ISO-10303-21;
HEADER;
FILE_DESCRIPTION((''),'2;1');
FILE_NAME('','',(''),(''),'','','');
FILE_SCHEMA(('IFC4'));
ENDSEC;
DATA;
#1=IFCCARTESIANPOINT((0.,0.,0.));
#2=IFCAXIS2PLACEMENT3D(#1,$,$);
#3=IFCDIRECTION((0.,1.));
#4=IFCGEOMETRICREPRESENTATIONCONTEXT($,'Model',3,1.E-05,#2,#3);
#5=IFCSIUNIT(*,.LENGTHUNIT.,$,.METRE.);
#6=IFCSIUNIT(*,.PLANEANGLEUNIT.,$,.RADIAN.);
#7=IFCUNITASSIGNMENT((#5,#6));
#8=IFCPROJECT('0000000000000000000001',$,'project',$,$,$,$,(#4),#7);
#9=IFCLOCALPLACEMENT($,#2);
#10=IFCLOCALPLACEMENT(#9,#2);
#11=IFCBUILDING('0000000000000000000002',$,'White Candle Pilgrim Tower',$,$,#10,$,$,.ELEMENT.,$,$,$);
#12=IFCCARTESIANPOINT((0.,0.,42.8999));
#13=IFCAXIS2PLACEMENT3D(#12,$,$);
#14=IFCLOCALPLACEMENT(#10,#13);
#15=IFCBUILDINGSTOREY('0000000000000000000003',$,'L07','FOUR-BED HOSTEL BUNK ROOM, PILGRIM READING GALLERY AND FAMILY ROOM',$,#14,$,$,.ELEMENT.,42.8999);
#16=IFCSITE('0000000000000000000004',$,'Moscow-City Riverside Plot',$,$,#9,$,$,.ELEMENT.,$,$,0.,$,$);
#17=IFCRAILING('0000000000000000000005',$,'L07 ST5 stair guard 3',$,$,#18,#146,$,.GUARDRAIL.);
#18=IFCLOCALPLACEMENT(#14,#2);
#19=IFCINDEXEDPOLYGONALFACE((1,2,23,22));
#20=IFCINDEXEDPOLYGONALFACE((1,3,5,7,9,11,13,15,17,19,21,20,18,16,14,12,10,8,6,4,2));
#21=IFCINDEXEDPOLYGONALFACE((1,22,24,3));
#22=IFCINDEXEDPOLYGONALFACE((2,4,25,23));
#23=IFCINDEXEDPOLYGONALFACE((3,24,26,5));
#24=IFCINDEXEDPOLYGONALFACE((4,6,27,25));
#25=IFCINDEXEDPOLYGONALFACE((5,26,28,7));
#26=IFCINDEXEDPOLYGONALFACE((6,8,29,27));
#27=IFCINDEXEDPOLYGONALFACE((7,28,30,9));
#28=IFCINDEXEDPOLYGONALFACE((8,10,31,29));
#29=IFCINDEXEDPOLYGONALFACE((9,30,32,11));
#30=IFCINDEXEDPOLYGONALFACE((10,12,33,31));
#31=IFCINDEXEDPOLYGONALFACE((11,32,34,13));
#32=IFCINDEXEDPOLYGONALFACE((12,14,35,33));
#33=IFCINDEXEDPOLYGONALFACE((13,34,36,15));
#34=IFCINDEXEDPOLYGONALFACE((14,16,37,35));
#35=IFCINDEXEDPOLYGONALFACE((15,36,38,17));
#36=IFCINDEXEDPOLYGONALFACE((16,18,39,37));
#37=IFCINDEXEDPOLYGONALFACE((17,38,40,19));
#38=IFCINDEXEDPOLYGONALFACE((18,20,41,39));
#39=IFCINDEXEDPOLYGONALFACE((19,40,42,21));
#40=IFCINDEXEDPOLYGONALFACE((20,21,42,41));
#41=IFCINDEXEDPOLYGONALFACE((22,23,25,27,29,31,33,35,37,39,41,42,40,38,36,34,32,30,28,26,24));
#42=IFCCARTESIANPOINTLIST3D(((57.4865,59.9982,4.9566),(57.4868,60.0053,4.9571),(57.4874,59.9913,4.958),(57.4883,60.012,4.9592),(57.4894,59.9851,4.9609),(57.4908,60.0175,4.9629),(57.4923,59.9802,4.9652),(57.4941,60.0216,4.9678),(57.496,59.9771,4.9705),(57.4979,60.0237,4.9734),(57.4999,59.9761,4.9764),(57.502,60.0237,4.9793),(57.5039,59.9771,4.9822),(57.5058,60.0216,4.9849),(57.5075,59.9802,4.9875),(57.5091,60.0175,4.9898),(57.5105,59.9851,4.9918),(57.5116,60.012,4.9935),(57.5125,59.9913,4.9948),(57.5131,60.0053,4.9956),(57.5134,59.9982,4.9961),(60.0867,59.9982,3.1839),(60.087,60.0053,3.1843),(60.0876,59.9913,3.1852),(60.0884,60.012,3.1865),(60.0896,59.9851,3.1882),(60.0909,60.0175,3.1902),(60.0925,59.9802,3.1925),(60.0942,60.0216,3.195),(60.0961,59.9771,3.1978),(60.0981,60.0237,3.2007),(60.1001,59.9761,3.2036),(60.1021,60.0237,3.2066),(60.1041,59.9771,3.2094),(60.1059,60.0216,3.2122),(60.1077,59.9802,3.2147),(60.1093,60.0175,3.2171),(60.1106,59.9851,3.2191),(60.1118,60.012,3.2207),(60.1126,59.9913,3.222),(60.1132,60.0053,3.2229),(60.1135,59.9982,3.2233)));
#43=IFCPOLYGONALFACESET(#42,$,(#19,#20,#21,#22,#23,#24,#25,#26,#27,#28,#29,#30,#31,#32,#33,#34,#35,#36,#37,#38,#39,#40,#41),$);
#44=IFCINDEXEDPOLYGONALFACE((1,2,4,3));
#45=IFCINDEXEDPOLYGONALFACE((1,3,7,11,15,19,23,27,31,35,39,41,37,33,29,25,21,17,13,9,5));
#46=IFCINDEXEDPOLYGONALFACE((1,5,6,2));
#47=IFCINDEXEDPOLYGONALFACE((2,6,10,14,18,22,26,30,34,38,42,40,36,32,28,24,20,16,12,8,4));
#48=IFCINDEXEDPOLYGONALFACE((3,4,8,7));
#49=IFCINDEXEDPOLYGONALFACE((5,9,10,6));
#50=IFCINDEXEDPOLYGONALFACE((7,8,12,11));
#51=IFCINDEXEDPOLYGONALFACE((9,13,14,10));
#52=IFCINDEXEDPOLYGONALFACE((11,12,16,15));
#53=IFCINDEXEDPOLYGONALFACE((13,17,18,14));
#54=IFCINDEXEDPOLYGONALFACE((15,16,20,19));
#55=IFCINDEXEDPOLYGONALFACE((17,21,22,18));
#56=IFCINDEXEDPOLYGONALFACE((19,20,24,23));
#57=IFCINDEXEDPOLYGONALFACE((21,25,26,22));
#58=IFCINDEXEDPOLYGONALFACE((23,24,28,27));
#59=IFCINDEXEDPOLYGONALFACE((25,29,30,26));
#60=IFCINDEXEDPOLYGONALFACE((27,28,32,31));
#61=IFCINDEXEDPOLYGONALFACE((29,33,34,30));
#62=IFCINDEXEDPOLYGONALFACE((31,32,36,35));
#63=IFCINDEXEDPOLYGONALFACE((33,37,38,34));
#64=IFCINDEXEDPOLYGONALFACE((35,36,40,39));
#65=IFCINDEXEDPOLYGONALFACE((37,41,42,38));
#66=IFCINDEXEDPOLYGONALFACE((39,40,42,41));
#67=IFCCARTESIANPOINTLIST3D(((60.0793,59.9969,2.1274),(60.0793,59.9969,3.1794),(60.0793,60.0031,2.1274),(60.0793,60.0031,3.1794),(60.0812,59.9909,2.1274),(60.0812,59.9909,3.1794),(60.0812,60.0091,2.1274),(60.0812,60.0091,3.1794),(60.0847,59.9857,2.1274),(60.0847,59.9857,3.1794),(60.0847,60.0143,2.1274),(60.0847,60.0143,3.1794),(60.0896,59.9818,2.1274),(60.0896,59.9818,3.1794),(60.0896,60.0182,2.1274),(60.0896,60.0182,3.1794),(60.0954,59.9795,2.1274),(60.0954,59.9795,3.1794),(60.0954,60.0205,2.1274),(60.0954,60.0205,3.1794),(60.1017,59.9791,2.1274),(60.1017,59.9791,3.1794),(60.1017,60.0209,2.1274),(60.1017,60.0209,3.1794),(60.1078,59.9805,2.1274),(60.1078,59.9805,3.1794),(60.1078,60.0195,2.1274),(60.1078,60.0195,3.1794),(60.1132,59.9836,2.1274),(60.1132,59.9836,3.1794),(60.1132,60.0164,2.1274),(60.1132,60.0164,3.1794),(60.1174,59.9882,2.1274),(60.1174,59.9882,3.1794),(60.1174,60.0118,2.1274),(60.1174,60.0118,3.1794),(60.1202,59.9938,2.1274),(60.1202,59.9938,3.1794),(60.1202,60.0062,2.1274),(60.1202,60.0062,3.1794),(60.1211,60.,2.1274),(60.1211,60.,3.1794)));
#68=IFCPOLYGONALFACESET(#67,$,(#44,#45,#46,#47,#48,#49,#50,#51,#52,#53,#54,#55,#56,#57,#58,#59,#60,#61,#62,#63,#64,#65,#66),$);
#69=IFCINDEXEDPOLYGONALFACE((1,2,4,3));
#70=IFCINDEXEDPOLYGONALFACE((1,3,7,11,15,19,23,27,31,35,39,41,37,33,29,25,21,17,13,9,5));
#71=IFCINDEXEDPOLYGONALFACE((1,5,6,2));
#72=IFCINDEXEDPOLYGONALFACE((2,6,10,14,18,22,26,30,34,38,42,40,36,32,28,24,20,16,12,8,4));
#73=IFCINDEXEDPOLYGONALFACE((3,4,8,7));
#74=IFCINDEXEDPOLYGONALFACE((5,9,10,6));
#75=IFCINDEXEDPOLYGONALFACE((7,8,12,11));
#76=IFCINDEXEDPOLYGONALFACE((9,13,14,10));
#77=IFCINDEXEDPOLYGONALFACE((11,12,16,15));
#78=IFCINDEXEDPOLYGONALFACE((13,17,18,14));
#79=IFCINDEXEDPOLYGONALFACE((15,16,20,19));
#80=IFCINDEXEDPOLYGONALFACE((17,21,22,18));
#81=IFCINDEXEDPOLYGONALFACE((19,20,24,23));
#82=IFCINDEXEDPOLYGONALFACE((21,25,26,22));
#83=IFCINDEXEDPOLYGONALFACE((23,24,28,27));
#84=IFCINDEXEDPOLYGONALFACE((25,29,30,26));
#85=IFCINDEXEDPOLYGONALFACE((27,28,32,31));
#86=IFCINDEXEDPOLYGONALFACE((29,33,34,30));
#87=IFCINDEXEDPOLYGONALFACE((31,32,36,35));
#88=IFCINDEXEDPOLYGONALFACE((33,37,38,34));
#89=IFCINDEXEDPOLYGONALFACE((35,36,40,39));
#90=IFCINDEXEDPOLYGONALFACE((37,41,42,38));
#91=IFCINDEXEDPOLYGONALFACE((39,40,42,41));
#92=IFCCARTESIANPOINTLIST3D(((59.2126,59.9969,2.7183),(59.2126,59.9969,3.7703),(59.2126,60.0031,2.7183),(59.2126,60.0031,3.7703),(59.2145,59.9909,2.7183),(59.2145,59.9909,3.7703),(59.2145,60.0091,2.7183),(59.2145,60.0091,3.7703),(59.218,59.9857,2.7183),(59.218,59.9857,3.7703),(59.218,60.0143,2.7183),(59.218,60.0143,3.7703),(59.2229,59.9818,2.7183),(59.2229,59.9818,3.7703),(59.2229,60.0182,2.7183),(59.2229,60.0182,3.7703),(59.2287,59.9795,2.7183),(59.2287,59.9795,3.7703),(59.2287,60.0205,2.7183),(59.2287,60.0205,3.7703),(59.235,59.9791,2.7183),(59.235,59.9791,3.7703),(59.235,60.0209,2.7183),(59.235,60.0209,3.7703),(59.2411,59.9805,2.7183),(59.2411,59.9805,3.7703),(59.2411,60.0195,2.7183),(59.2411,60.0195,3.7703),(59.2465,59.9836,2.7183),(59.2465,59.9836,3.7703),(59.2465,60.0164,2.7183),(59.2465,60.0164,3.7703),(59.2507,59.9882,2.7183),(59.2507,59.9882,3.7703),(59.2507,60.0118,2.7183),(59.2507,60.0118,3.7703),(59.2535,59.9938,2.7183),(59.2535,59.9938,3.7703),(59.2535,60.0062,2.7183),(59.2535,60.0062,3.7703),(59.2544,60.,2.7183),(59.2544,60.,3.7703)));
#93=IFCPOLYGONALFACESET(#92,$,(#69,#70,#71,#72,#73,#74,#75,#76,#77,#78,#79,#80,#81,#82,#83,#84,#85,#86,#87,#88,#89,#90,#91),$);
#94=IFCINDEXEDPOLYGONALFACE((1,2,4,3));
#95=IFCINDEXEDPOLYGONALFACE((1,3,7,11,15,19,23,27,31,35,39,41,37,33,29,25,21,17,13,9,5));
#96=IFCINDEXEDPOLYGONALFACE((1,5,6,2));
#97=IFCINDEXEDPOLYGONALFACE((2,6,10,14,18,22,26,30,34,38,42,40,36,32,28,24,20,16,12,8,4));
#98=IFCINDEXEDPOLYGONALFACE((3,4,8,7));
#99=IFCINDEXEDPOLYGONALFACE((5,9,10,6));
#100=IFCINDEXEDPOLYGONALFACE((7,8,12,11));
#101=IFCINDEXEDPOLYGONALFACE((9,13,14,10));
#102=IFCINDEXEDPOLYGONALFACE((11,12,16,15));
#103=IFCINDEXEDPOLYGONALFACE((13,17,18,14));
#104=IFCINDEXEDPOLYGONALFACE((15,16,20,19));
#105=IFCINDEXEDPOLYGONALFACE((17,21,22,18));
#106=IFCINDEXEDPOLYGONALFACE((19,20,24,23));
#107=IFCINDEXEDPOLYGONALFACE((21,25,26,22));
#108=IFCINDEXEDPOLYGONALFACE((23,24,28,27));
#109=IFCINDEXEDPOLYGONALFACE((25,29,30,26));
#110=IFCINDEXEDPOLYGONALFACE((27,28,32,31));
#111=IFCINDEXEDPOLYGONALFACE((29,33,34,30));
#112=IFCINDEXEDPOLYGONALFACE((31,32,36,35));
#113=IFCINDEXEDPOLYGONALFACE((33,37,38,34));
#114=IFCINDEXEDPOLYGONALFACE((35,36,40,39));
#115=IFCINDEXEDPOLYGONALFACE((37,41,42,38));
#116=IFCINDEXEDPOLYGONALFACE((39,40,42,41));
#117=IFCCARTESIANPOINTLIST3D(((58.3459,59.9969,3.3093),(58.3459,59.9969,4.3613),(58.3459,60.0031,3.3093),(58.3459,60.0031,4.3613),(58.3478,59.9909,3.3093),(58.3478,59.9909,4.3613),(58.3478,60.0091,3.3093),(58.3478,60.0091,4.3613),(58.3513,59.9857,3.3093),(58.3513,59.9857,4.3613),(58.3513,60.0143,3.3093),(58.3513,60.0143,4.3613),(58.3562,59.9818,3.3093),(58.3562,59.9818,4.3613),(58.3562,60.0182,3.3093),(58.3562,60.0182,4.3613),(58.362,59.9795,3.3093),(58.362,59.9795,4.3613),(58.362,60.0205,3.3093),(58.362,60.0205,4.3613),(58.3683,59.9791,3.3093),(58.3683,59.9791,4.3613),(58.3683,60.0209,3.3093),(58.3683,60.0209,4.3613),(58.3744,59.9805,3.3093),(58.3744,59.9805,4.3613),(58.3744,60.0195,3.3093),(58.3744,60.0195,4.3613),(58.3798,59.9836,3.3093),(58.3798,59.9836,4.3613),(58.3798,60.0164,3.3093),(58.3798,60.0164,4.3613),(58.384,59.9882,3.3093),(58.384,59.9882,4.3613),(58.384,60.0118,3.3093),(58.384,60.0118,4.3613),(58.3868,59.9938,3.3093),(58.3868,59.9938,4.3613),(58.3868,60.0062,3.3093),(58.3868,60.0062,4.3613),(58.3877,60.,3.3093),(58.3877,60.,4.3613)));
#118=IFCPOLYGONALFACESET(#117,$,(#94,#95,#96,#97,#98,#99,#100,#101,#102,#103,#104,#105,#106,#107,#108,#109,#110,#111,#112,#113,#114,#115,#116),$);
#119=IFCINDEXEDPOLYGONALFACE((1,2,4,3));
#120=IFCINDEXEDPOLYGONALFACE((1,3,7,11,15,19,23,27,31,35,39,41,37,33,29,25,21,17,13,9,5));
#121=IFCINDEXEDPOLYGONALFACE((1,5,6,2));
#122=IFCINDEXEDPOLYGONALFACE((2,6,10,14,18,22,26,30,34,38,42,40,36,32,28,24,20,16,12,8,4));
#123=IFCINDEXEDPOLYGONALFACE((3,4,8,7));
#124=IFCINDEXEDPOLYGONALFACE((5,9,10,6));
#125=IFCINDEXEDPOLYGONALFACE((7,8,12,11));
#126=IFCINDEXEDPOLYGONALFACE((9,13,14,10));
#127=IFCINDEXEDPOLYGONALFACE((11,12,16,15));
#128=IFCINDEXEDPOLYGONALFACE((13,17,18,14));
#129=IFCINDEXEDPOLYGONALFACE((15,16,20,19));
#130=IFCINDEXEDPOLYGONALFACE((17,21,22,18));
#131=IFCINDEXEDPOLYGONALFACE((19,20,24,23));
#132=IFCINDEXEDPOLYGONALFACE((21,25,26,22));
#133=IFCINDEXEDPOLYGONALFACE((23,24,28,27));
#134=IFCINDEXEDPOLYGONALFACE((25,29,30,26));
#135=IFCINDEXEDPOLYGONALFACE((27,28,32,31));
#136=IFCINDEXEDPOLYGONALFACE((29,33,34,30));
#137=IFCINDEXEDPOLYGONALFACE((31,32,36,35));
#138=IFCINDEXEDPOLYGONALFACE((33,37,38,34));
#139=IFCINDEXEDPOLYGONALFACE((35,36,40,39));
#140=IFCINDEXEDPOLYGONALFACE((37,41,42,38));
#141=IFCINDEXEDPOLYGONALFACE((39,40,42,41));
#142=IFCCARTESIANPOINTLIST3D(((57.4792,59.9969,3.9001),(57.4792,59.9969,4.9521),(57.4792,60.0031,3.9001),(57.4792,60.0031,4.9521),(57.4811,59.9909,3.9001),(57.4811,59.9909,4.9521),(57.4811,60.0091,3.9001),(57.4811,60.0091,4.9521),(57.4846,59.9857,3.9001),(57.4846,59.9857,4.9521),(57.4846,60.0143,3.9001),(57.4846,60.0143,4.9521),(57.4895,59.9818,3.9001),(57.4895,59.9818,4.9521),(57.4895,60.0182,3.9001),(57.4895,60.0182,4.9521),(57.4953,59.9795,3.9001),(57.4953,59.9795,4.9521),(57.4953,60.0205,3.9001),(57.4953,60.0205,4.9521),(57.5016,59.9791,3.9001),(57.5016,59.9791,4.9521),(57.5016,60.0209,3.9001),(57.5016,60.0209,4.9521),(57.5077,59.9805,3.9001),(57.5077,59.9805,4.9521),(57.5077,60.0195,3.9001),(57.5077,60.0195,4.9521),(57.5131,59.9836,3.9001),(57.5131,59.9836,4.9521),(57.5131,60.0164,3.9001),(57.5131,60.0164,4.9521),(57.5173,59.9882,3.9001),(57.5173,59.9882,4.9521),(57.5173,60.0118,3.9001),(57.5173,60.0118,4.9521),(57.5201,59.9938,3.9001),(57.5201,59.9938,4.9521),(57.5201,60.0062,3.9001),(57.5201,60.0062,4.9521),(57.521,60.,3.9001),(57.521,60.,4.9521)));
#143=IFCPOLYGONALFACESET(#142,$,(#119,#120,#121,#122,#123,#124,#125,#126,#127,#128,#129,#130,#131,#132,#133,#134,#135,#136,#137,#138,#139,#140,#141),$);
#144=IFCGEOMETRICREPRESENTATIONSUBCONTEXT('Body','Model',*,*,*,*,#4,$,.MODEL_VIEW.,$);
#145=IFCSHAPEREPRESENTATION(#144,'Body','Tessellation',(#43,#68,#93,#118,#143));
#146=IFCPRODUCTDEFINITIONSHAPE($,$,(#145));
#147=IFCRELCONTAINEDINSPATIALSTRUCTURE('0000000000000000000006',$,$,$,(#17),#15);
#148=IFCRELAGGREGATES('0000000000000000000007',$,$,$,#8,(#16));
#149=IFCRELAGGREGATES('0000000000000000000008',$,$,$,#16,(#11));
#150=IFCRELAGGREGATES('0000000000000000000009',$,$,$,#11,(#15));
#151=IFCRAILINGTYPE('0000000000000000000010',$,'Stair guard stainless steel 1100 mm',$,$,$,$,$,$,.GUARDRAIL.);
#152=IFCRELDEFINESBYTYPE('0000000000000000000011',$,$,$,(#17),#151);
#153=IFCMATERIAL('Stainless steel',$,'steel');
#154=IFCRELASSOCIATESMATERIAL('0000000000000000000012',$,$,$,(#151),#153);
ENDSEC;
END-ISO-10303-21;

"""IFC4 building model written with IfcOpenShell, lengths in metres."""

from ifc_helpers import new_model, si_unit, direction, frame, origin, origin_2d, place, context, subcontext, project, spatial, circle, extrude, material, type_object, element, save


model = new_model("IFC4")

# Units and contexts
model_context = context("Model", 3, precision=1e-05, world=origin(), true_north=direction((0.0, 1.0)))
body_context = subcontext(model_context, "Body", "Model", "MODEL_VIEW")
ifc_project = project(units=[si_unit("LENGTHUNIT", "METRE"), si_unit("PLANEANGLEUNIT", "RADIAN")], contexts=[model_context])

# Site, building, storey
site_placement = place(None, origin())
site = spatial("IfcSite", under=ifc_project, at=site_placement, Name="Moscow-City Riverside Plot", CompositionType="ELEMENT", RefElevation=0.0)
building_placement = place(site_placement, origin())
building = spatial("IfcBuilding", under=site, at=building_placement, Name="White Candle Pilgrim Tower", CompositionType="ELEMENT")
storey_placement = place(building_placement, frame((0.0, 0.0, 42.8999)))
storey = spatial("IfcBuildingStorey", under=building, at=storey_placement, Name="L07", Description="FOUR-BED HOSTEL BUNK ROOM, PILGRIM READING GALLERY AND FAMILY ROOM", CompositionType="ELEMENT", Elevation=42.8999)

# Railing
ifc_material_1 = material(Name="Stainless steel", Category="steel")
railing_type_1 = type_object("IfcRailingType", Name="Stair guard stainless steel 1100 mm", PredefinedType="GUARDRAIL", material=ifc_material_1)
railing_1_placement = place(storey_placement, frame((60.1001, 60.0, 2.1274)))
element("IfcRailing", 1, at=railing_1_placement, inside=storey, type_object=railing_type_1, Name="L07 ST5 stair guard 3", PredefinedType="GUARDRAIL", context=body_context, shape_type="SweptSolid", body=[
    extrude(circle(Radius=0.0239, at=origin_2d()), frame((0.0, 0.0, 1.0762), z_axis=(-0.82624, 0.0, 0.563318), x_axis=(0.0, -1.0, 0.0)), (0.0, 0.0, 1.0), 3.147),
    extrude(circle(Radius=0.021, at=origin_2d()), origin(), (0.0, 0.0, 1.0), 1.052),
    extrude(circle(Radius=0.021, at=origin_2d()), frame((-0.8667, 0.0, 0.5908)), (0.0, 0.0, 1.0), 1.052),
    extrude(circle(Radius=0.021, at=origin_2d()), frame((-1.7334, 0.0, 1.1819)), (0.0, 0.0, 1.0), 1.052),
    extrude(circle(Radius=0.021, at=origin_2d()), frame((-2.6001, 0.0, 1.7727)), (0.0, 0.0, 1.0), 1.052),
])

save(model, "model.ifc")
